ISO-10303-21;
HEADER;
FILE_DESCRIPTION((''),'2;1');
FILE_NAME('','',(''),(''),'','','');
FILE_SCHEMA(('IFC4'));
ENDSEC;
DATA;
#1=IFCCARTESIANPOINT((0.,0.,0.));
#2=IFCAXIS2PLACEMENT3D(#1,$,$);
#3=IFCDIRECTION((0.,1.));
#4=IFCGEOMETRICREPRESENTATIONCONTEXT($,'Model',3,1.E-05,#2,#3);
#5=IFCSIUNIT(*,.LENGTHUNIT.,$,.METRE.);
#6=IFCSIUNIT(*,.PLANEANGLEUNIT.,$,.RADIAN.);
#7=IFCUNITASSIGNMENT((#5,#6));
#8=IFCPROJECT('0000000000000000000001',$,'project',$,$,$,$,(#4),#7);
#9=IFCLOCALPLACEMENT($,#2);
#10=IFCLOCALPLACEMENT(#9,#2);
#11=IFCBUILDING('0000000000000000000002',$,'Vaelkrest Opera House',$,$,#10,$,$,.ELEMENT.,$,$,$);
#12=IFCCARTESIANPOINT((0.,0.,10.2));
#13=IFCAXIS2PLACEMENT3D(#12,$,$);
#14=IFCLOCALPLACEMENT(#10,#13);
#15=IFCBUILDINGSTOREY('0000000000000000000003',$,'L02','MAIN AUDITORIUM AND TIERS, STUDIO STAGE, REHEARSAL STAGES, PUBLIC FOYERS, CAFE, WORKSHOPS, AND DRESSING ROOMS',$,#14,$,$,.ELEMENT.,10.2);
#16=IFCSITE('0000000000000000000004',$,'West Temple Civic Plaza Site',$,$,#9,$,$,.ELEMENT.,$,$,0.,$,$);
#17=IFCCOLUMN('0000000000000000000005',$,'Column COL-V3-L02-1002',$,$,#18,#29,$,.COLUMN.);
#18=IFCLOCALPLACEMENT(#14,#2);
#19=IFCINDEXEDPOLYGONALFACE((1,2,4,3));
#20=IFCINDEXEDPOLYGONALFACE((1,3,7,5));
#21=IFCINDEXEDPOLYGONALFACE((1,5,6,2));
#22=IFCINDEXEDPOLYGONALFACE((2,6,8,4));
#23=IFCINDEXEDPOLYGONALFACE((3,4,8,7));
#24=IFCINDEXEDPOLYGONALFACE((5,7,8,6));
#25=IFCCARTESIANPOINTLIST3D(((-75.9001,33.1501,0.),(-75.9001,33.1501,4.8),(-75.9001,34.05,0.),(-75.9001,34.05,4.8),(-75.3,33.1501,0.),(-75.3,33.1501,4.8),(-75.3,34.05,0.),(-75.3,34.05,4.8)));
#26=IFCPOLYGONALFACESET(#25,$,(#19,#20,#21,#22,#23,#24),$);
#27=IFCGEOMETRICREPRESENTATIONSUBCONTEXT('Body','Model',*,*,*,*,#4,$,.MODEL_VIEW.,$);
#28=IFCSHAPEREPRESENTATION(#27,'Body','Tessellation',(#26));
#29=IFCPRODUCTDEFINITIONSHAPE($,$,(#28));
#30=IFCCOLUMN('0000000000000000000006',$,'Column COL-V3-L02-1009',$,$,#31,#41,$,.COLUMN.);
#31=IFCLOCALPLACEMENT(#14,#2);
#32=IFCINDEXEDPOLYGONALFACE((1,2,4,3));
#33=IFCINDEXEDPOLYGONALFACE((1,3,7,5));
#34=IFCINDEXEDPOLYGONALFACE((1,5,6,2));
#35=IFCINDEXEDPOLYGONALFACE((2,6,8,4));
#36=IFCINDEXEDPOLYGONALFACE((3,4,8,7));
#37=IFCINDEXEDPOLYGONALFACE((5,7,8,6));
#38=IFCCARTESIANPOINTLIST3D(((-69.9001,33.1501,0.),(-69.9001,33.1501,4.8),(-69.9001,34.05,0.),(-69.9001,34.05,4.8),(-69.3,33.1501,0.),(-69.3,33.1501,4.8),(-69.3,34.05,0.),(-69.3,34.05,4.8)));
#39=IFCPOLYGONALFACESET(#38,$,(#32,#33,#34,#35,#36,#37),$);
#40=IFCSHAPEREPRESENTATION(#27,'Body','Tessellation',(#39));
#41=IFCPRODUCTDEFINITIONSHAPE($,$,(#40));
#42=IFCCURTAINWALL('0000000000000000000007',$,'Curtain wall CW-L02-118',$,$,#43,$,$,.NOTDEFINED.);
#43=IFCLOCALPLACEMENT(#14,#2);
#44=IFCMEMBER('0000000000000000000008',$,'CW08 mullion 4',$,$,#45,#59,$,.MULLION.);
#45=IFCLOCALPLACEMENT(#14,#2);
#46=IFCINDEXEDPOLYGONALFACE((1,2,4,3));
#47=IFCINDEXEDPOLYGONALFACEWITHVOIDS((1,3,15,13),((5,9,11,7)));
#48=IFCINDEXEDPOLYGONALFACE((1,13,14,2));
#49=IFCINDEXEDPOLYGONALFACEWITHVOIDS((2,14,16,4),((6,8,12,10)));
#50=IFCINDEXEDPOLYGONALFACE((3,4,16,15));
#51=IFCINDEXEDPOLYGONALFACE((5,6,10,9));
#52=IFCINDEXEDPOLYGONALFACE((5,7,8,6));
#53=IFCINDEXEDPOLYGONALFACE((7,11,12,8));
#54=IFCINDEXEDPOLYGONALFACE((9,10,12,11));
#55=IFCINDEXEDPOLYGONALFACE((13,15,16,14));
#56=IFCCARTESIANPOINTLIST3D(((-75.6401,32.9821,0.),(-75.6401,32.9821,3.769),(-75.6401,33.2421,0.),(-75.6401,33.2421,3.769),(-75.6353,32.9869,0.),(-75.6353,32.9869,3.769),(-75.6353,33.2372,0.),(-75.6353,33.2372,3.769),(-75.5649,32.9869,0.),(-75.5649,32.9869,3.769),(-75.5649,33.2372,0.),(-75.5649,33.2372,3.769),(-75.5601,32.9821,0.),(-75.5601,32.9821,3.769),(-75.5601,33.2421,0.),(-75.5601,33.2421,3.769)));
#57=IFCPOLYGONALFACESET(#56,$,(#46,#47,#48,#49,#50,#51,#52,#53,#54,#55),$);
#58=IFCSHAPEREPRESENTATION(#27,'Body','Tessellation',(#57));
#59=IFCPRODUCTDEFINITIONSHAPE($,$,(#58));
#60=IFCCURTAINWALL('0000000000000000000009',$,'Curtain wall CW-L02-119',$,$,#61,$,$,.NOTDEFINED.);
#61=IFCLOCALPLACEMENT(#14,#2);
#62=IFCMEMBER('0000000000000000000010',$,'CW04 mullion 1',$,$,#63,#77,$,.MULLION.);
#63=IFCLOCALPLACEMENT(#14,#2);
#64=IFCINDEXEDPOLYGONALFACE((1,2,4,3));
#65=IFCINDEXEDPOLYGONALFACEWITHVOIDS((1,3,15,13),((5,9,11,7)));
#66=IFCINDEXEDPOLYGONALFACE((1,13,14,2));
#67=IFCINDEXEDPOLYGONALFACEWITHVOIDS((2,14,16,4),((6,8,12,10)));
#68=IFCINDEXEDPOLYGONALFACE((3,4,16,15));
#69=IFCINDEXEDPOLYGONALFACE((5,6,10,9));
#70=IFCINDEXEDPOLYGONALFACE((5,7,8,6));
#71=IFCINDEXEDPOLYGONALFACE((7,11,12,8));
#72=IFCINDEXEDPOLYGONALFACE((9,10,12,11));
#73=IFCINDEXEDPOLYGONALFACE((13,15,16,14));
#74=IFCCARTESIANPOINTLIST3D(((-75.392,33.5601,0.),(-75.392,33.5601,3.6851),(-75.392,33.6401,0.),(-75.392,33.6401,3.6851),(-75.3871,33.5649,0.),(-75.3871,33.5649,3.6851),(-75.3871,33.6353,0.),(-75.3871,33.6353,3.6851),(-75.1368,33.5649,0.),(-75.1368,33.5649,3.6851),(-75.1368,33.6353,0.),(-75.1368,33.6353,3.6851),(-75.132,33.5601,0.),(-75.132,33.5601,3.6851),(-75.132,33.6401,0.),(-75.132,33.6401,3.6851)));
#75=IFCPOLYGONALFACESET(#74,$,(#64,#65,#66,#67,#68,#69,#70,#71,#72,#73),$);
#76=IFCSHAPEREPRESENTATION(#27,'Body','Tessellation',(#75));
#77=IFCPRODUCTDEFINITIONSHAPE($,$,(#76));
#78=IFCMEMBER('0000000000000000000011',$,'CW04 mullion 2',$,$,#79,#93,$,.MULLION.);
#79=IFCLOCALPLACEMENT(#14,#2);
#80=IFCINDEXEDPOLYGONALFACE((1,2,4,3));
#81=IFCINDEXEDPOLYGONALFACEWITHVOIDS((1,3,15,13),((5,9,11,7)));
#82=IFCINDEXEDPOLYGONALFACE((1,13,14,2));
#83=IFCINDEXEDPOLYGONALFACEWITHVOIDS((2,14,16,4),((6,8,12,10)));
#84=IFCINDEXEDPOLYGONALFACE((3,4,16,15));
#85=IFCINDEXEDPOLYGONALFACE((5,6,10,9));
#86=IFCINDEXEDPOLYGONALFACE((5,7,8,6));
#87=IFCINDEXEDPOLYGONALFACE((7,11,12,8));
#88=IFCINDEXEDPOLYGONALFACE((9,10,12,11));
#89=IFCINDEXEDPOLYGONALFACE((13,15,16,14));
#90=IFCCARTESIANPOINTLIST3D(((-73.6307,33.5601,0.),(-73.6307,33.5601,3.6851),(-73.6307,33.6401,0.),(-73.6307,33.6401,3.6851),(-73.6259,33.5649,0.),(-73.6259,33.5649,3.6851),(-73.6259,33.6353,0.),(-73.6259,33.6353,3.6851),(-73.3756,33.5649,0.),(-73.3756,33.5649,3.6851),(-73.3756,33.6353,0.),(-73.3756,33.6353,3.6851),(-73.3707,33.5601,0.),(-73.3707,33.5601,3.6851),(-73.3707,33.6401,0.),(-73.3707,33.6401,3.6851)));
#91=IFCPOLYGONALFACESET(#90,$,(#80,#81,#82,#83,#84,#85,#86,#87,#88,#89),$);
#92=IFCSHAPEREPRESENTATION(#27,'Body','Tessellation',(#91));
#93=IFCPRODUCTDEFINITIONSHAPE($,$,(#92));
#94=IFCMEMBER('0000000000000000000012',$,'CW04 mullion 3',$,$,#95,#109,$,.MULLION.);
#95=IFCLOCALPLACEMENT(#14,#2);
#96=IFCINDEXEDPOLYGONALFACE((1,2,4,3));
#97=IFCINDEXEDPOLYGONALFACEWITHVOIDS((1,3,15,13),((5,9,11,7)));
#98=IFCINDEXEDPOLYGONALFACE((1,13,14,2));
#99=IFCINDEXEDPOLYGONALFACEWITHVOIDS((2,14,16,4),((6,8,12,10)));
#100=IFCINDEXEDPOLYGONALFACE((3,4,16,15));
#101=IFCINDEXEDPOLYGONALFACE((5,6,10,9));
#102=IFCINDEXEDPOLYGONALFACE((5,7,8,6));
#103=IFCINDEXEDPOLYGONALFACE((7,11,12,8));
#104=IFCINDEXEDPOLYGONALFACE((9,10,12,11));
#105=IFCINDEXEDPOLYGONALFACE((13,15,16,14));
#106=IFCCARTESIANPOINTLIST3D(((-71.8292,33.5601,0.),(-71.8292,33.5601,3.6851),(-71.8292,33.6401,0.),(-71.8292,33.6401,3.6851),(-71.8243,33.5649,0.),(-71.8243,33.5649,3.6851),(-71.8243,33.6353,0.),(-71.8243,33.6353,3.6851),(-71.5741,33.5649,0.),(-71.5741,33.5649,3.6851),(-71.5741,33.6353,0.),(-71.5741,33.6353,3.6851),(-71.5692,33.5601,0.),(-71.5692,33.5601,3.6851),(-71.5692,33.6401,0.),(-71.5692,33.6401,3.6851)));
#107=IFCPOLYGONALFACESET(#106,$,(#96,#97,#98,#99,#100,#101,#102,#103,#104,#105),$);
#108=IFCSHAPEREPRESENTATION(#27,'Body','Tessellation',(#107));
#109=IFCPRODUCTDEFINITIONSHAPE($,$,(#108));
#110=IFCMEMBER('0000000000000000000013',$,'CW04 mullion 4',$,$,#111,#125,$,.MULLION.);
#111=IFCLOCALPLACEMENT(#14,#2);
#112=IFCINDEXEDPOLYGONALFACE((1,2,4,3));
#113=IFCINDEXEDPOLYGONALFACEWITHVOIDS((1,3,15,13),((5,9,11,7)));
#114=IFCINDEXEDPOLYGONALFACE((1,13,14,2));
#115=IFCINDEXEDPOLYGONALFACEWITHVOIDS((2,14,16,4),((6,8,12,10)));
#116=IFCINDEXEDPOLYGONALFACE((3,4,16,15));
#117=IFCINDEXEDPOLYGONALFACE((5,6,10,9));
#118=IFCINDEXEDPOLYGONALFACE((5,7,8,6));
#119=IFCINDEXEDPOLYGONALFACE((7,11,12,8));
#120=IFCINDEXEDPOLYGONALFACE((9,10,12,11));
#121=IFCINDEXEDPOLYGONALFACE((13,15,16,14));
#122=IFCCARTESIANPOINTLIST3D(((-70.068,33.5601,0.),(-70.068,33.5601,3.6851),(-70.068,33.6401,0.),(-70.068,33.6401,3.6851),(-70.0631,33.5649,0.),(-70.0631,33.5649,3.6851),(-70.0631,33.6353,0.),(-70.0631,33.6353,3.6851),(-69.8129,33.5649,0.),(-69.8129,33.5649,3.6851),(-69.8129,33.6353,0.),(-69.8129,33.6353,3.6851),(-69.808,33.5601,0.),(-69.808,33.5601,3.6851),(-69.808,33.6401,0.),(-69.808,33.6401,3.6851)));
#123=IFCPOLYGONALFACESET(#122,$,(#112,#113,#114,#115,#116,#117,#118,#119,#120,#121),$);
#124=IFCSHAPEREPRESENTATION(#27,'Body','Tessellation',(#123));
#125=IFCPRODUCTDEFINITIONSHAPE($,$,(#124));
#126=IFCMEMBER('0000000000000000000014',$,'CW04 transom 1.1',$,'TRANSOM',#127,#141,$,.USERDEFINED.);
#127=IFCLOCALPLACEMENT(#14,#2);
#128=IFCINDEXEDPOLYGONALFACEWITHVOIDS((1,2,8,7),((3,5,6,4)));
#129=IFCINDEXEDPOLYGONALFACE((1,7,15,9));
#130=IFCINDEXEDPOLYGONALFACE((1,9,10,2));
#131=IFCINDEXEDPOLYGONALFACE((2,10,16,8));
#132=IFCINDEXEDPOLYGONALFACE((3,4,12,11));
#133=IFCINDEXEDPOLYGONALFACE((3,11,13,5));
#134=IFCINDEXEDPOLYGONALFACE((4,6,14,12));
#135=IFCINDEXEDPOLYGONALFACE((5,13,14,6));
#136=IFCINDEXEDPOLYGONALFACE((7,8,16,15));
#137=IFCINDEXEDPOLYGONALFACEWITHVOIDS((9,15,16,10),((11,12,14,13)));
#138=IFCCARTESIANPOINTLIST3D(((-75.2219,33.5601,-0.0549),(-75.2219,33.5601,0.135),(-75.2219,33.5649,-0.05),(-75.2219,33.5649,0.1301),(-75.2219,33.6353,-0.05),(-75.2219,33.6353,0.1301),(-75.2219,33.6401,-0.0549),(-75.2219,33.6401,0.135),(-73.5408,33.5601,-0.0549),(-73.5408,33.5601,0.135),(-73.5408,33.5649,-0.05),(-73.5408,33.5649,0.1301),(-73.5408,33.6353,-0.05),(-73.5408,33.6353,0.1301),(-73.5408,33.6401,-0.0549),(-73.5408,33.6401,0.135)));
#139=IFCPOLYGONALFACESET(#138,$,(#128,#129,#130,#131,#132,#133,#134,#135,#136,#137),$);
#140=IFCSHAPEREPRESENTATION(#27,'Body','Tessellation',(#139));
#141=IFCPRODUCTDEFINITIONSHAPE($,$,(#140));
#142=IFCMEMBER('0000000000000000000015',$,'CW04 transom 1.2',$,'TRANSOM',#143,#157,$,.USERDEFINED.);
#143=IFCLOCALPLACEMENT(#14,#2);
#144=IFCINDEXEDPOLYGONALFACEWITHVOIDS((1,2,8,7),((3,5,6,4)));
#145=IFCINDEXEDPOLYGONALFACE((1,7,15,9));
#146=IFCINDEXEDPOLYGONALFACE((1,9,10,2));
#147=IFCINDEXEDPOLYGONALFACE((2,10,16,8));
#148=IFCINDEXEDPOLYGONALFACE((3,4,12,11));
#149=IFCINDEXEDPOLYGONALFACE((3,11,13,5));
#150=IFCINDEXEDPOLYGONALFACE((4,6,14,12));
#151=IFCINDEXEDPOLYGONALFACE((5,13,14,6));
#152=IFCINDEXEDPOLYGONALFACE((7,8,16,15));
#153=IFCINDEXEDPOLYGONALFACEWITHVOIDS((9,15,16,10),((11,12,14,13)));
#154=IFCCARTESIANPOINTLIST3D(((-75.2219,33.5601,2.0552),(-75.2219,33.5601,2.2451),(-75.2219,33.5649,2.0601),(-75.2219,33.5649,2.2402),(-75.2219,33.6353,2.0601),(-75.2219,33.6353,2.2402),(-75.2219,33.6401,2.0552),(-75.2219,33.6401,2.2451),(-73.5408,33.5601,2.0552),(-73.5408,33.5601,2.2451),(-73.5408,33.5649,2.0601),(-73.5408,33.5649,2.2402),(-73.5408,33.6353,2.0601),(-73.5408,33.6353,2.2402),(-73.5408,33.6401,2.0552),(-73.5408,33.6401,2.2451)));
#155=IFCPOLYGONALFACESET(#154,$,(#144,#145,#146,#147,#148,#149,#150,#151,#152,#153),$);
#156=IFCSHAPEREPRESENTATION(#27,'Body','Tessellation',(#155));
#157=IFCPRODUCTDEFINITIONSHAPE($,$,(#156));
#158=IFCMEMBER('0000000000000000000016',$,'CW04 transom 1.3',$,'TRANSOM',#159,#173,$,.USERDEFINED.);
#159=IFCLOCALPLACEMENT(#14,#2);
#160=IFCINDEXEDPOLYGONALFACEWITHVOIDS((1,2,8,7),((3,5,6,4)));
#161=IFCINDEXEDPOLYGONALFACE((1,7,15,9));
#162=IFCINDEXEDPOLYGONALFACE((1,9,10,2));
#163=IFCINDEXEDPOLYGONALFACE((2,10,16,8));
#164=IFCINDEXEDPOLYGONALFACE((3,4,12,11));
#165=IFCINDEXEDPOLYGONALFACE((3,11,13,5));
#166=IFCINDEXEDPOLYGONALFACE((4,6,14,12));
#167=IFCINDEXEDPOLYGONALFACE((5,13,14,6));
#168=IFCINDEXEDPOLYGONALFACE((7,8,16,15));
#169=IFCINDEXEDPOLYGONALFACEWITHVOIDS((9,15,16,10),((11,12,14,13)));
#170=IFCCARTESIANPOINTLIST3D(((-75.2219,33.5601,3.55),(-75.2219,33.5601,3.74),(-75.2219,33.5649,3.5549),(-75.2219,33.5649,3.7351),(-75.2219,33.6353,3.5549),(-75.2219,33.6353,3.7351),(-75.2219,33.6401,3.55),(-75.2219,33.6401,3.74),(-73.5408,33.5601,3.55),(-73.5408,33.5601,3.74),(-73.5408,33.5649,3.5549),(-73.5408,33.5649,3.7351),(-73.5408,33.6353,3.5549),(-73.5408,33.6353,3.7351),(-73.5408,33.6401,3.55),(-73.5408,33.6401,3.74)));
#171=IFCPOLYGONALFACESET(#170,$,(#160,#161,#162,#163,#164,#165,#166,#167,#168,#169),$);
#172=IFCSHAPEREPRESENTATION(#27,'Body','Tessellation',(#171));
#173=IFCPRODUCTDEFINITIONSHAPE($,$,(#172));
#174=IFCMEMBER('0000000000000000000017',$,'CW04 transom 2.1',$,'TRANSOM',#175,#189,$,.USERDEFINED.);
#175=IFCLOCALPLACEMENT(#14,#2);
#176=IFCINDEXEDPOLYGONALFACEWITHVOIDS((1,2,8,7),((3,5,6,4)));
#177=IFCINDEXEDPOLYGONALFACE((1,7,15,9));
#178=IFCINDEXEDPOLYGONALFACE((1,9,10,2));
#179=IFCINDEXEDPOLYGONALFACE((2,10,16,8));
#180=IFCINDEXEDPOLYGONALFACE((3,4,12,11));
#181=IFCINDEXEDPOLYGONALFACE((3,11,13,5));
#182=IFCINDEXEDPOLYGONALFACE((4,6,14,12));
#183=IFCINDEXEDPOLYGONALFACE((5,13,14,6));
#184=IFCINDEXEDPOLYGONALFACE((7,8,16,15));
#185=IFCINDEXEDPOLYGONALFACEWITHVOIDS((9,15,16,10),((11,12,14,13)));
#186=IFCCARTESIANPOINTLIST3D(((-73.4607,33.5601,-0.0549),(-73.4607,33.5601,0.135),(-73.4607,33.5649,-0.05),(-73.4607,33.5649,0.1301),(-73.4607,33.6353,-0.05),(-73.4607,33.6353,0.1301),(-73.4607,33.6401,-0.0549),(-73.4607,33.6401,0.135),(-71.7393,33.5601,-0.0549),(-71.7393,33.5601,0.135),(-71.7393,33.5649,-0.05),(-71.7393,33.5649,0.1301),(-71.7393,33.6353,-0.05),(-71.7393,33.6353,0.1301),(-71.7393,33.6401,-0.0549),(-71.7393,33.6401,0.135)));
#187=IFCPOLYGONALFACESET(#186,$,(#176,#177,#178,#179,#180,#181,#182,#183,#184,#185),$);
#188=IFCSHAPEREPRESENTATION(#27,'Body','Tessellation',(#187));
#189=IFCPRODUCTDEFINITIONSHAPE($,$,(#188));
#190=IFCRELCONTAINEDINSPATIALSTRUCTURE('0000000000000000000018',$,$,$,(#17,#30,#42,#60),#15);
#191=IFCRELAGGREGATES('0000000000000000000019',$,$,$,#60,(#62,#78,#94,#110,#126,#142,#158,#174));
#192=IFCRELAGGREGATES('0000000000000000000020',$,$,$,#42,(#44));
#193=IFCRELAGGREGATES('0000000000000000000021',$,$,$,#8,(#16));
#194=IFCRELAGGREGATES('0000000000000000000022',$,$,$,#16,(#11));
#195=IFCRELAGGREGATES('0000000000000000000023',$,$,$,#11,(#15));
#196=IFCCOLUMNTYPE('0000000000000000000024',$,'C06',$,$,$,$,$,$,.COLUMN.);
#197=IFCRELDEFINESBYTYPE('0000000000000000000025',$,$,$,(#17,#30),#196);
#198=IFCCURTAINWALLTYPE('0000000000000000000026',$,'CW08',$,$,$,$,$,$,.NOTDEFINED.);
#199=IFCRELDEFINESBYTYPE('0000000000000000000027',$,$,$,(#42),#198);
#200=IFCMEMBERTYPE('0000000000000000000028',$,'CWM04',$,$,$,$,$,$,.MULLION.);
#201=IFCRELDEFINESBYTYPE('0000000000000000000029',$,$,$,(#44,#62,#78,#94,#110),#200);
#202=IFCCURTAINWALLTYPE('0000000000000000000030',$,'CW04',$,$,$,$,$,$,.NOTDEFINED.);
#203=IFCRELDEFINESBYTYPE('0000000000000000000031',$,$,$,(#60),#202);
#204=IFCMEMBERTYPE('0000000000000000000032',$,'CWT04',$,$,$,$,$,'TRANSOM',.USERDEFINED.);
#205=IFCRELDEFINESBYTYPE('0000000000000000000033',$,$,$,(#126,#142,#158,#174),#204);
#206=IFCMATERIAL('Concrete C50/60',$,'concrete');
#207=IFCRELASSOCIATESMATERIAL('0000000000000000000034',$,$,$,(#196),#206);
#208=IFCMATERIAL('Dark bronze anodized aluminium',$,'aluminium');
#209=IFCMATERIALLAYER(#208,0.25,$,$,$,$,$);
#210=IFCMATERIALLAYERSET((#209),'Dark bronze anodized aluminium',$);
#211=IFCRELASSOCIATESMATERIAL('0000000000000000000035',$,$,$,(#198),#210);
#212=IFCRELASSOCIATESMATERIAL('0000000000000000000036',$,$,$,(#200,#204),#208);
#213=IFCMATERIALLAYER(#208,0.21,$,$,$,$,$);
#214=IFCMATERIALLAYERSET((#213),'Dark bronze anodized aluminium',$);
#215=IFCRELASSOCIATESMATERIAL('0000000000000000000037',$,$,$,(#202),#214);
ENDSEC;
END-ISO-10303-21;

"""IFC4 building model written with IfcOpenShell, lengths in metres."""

from ifc_helpers import new_model, si_unit, direction, frame, origin, origin_2d, place, context, subcontext, project, spatial, rectangle, hollow_rectangle, extrude, material, layer, layer_set, material_profile, profile_set, type_object, element, aggregate, save


model = new_model("IFC4")

# Units and contexts
model_context = context("Model", 3, precision=1e-05, world=origin(), true_north=direction((0.0, 1.0)))
body_context = subcontext(model_context, "Body", "Model", "MODEL_VIEW")
ifc_project = project(units=[si_unit("LENGTHUNIT", "METRE"), si_unit("PLANEANGLEUNIT", "RADIAN")], contexts=[model_context])

# Site, building, storey
site_placement = place(None, origin())
site = spatial("IfcSite", under=ifc_project, at=site_placement, Name="West Temple Civic Plaza Site", CompositionType="ELEMENT", RefElevation=0.0)
building_placement = place(site_placement, origin())
building = spatial("IfcBuilding", under=site, at=building_placement, Name="Vaelkrest Opera House", CompositionType="ELEMENT")
storey_placement = place(building_placement, frame((0.0, 0.0, 10.2)))
storey = spatial("IfcBuildingStorey", under=building, at=storey_placement, Name="L02", Description="MAIN AUDITORIUM AND TIERS, STUDIO STAGE, REHEARSAL STAGES, PUBLIC FOYERS, CAFE, WORKSHOPS, AND DRESSING ROOMS", CompositionType="ELEMENT", Elevation=10.2)

# Columns
ifc_material_1 = material(Name="Concrete C50/60", Category="concrete")
ifc_material_profile_1 = material_profile(ifc_material_1, rectangle(XDim=0.6001, YDim=0.8999, at=origin_2d()), Name="RC600X900")
ifc_profile_set_1 = profile_set([ifc_material_profile_1], Name="Concrete C50/60")
column_type = type_object("IfcColumnType", Name="C06", PredefinedType="COLUMN", material=ifc_profile_set_1)
for number, where, z_axis, x_axis, name in (
    (1, (-75.6001, 33.6001, 0.0), (0.0, 0.0, 1.0), (1.0, 0.0, 0.0), "Column COL-V3-L02-1002"),
    (2, (-69.6001, 33.6001, 0.0), (0.0, 0.0, 1.0), (1.0, 0.0, 0.0), "Column COL-V3-L02-1009"),
):
    element("IfcColumn", number, at=place(storey_placement, frame(where, z_axis=z_axis, x_axis=x_axis)), inside=storey, type_object=column_type, Name=name, PredefinedType="COLUMN", context=body_context, shape_type="SweptSolid", body=[
        extrude(rectangle(XDim=0.6001, YDim=0.8999, at=origin_2d()), origin(), (0.0, 0.0, 1.0), 4.8),
    ])

# Curtain wall, member
ifc_material_2 = material(Name="Dark bronze anodized aluminium", Category="aluminium")
ifc_layer_1 = layer(ifc_material_2, 0.25)
ifc_layer_set_1 = layer_set([ifc_layer_1], Name="Dark bronze anodized aluminium")
curtain_wall_type_1 = type_object("IfcCurtainWallType", Name="CW08", PredefinedType="NOTDEFINED", material=ifc_layer_set_1)
curtain_wall_1_placement = place(storey_placement, origin())
curtain_wall_1 = element("IfcCurtainWall", 3, at=curtain_wall_1_placement, inside=storey, type_object=curtain_wall_type_1, Name="Curtain wall CW-L02-118", PredefinedType="NOTDEFINED")
ifc_material_profile_2 = material_profile(ifc_material_2, hollow_rectangle(XDim=0.0801, YDim=0.26, WallThickness=0.0049, at=origin_2d()), Name="CWM80X260")
ifc_profile_set_2 = profile_set([ifc_material_profile_2], Name="Dark bronze anodized aluminium")
member_type_1 = type_object("IfcMemberType", Name="CWM04", PredefinedType="MULLION", material=ifc_profile_set_2)
member_1_placement = place(storey_placement, frame((-75.6001, 33.1121, 0.0), z_axis=(0.0, 0.0, 1.0), x_axis=(-1.0, 0.0, 0.0)))
member_1 = element("IfcMember", 4, at=member_1_placement, type_object=member_type_1, Name="CW08 mullion 4", PredefinedType="MULLION", context=body_context, shape_type="SweptSolid", body=[
    extrude(hollow_rectangle(XDim=0.0801, YDim=0.26, WallThickness=0.0049, at=origin_2d()), origin(), (0.0, 0.0, 1.0), 3.769),
])

# Curtain wall, members
ifc_layer_2 = layer(ifc_material_2, 0.21)
ifc_layer_set_2 = layer_set([ifc_layer_2], Name="Dark bronze anodized aluminium")
curtain_wall_type_2 = type_object("IfcCurtainWallType", Name="CW04", PredefinedType="NOTDEFINED", material=ifc_layer_set_2)
curtain_wall_2_placement = place(storey_placement, origin())
curtain_wall_2 = element("IfcCurtainWall", 5, at=curtain_wall_2_placement, inside=storey, type_object=curtain_wall_type_2, Name="Curtain wall CW-L02-119", PredefinedType="NOTDEFINED")
member_2_placement = place(storey_placement, frame((-75.262, 33.6001, 0.0), z_axis=(0.0, 0.0, 1.0), x_axis=(0.0, 1.0, 0.0)))
member_2 = element("IfcMember", 6, at=member_2_placement, type_object=member_type_1, Name="CW04 mullion 1", PredefinedType="MULLION", context=body_context, shape_type="SweptSolid", body=[
    extrude(hollow_rectangle(XDim=0.0801, YDim=0.26, WallThickness=0.0049, at=origin_2d()), origin(), (0.0, 0.0, 1.0), 3.6851),
])
member_3_placement = place(storey_placement, frame((-73.5007, 33.6001, 0.0), z_axis=(0.0, 0.0, 1.0), x_axis=(0.0, 1.0, 0.0)))
member_3 = element("IfcMember", 7, at=member_3_placement, type_object=member_type_1, Name="CW04 mullion 2", PredefinedType="MULLION", context=body_context, shape_type="SweptSolid", body=[
    extrude(hollow_rectangle(XDim=0.0801, YDim=0.26, WallThickness=0.0049, at=origin_2d()), origin(), (0.0, 0.0, 1.0), 3.6851),
])
member_4_placement = place(storey_placement, frame((-71.6992, 33.6001, 0.0), z_axis=(0.0, 0.0, 1.0), x_axis=(0.0, 1.0, 0.0)))
member_4 = element("IfcMember", 8, at=member_4_placement, type_object=member_type_1, Name="CW04 mullion 3", PredefinedType="MULLION", context=body_context, shape_type="SweptSolid", body=[
    extrude(hollow_rectangle(XDim=0.0801, YDim=0.26, WallThickness=0.0049, at=origin_2d()), origin(), (0.0, 0.0, 1.0), 3.6851),
])
member_5_placement = place(storey_placement, frame((-69.938, 33.6001, 0.0), z_axis=(0.0, 0.0, 1.0), x_axis=(0.0, 1.0, 0.0)))
member_5 = element("IfcMember", 9, at=member_5_placement, type_object=member_type_1, Name="CW04 mullion 4", PredefinedType="MULLION", context=body_context, shape_type="SweptSolid", body=[
    extrude(hollow_rectangle(XDim=0.0801, YDim=0.26, WallThickness=0.0049, at=origin_2d()), origin(), (0.0, 0.0, 1.0), 3.6851),
])
ifc_material_profile_3 = material_profile(ifc_material_2, hollow_rectangle(XDim=0.0801, YDim=0.1899, WallThickness=0.0049, at=origin_2d()), Name="CWT80X190")
ifc_profile_set_3 = profile_set([ifc_material_profile_3], Name="Dark bronze anodized aluminium")
member_type_2 = type_object("IfcMemberType", Name="CWT04", ElementType="TRANSOM", PredefinedType="USERDEFINED", material=ifc_profile_set_3)
member_6_placement = place(storey_placement, frame((-75.2219, 33.6001, 0.04), z_axis=(1.0, 0.0, 0.0), x_axis=(0.0, 1.0, 0.0)))
member_6 = element("IfcMember", 10, at=member_6_placement, type_object=member_type_2, Name="CW04 transom 1.1", ObjectType="TRANSOM", PredefinedType="USERDEFINED", context=body_context, shape_type="SweptSolid", body=[
    extrude(hollow_rectangle(XDim=0.0801, YDim=0.1899, WallThickness=0.0049, at=origin_2d()), origin(), (0.0, 0.0, 1.0), 1.6812),
])
member_7_placement = place(storey_placement, frame((-75.2219, 33.6001, 2.1501), z_axis=(1.0, 0.0, 0.0), x_axis=(0.0, 1.0, 0.0)))
member_7 = element("IfcMember", 11, at=member_7_placement, type_object=member_type_2, Name="CW04 transom 1.2", ObjectType="TRANSOM", PredefinedType="USERDEFINED", context=body_context, shape_type="SweptSolid", body=[
    extrude(hollow_rectangle(XDim=0.0801, YDim=0.1899, WallThickness=0.0049, at=origin_2d()), origin(), (0.0, 0.0, 1.0), 1.6812),
])
member_8_placement = place(storey_placement, frame((-75.2219, 33.6001, 3.645), z_axis=(1.0, 0.0, 0.0), x_axis=(0.0, 1.0, 0.0)))
member_8 = element("IfcMember", 12, at=member_8_placement, type_object=member_type_2, Name="CW04 transom 1.3", ObjectType="TRANSOM", PredefinedType="USERDEFINED", context=body_context, shape_type="SweptSolid", body=[
    extrude(hollow_rectangle(XDim=0.0801, YDim=0.1899, WallThickness=0.0049, at=origin_2d()), origin(), (0.0, 0.0, 1.0), 1.6812),
])
member_9_placement = place(storey_placement, frame((-73.4607, 33.6001, 0.04), z_axis=(1.0, 0.0, 0.0), x_axis=(0.0, 1.0, 0.0)))
member_9 = element("IfcMember", 13, at=member_9_placement, type_object=member_type_2, Name="CW04 transom 2.1", ObjectType="TRANSOM", PredefinedType="USERDEFINED", context=body_context, shape_type="SweptSolid", body=[
    extrude(hollow_rectangle(XDim=0.0801, YDim=0.1899, WallThickness=0.0049, at=origin_2d()), origin(), (0.0, 0.0, 1.0), 1.7214),
])

aggregate(curtain_wall_2, [member_2, member_3, member_4, member_5, member_6, member_7, member_8, member_9])
aggregate(curtain_wall_1, [member_1])

save(model, "model.ifc")
